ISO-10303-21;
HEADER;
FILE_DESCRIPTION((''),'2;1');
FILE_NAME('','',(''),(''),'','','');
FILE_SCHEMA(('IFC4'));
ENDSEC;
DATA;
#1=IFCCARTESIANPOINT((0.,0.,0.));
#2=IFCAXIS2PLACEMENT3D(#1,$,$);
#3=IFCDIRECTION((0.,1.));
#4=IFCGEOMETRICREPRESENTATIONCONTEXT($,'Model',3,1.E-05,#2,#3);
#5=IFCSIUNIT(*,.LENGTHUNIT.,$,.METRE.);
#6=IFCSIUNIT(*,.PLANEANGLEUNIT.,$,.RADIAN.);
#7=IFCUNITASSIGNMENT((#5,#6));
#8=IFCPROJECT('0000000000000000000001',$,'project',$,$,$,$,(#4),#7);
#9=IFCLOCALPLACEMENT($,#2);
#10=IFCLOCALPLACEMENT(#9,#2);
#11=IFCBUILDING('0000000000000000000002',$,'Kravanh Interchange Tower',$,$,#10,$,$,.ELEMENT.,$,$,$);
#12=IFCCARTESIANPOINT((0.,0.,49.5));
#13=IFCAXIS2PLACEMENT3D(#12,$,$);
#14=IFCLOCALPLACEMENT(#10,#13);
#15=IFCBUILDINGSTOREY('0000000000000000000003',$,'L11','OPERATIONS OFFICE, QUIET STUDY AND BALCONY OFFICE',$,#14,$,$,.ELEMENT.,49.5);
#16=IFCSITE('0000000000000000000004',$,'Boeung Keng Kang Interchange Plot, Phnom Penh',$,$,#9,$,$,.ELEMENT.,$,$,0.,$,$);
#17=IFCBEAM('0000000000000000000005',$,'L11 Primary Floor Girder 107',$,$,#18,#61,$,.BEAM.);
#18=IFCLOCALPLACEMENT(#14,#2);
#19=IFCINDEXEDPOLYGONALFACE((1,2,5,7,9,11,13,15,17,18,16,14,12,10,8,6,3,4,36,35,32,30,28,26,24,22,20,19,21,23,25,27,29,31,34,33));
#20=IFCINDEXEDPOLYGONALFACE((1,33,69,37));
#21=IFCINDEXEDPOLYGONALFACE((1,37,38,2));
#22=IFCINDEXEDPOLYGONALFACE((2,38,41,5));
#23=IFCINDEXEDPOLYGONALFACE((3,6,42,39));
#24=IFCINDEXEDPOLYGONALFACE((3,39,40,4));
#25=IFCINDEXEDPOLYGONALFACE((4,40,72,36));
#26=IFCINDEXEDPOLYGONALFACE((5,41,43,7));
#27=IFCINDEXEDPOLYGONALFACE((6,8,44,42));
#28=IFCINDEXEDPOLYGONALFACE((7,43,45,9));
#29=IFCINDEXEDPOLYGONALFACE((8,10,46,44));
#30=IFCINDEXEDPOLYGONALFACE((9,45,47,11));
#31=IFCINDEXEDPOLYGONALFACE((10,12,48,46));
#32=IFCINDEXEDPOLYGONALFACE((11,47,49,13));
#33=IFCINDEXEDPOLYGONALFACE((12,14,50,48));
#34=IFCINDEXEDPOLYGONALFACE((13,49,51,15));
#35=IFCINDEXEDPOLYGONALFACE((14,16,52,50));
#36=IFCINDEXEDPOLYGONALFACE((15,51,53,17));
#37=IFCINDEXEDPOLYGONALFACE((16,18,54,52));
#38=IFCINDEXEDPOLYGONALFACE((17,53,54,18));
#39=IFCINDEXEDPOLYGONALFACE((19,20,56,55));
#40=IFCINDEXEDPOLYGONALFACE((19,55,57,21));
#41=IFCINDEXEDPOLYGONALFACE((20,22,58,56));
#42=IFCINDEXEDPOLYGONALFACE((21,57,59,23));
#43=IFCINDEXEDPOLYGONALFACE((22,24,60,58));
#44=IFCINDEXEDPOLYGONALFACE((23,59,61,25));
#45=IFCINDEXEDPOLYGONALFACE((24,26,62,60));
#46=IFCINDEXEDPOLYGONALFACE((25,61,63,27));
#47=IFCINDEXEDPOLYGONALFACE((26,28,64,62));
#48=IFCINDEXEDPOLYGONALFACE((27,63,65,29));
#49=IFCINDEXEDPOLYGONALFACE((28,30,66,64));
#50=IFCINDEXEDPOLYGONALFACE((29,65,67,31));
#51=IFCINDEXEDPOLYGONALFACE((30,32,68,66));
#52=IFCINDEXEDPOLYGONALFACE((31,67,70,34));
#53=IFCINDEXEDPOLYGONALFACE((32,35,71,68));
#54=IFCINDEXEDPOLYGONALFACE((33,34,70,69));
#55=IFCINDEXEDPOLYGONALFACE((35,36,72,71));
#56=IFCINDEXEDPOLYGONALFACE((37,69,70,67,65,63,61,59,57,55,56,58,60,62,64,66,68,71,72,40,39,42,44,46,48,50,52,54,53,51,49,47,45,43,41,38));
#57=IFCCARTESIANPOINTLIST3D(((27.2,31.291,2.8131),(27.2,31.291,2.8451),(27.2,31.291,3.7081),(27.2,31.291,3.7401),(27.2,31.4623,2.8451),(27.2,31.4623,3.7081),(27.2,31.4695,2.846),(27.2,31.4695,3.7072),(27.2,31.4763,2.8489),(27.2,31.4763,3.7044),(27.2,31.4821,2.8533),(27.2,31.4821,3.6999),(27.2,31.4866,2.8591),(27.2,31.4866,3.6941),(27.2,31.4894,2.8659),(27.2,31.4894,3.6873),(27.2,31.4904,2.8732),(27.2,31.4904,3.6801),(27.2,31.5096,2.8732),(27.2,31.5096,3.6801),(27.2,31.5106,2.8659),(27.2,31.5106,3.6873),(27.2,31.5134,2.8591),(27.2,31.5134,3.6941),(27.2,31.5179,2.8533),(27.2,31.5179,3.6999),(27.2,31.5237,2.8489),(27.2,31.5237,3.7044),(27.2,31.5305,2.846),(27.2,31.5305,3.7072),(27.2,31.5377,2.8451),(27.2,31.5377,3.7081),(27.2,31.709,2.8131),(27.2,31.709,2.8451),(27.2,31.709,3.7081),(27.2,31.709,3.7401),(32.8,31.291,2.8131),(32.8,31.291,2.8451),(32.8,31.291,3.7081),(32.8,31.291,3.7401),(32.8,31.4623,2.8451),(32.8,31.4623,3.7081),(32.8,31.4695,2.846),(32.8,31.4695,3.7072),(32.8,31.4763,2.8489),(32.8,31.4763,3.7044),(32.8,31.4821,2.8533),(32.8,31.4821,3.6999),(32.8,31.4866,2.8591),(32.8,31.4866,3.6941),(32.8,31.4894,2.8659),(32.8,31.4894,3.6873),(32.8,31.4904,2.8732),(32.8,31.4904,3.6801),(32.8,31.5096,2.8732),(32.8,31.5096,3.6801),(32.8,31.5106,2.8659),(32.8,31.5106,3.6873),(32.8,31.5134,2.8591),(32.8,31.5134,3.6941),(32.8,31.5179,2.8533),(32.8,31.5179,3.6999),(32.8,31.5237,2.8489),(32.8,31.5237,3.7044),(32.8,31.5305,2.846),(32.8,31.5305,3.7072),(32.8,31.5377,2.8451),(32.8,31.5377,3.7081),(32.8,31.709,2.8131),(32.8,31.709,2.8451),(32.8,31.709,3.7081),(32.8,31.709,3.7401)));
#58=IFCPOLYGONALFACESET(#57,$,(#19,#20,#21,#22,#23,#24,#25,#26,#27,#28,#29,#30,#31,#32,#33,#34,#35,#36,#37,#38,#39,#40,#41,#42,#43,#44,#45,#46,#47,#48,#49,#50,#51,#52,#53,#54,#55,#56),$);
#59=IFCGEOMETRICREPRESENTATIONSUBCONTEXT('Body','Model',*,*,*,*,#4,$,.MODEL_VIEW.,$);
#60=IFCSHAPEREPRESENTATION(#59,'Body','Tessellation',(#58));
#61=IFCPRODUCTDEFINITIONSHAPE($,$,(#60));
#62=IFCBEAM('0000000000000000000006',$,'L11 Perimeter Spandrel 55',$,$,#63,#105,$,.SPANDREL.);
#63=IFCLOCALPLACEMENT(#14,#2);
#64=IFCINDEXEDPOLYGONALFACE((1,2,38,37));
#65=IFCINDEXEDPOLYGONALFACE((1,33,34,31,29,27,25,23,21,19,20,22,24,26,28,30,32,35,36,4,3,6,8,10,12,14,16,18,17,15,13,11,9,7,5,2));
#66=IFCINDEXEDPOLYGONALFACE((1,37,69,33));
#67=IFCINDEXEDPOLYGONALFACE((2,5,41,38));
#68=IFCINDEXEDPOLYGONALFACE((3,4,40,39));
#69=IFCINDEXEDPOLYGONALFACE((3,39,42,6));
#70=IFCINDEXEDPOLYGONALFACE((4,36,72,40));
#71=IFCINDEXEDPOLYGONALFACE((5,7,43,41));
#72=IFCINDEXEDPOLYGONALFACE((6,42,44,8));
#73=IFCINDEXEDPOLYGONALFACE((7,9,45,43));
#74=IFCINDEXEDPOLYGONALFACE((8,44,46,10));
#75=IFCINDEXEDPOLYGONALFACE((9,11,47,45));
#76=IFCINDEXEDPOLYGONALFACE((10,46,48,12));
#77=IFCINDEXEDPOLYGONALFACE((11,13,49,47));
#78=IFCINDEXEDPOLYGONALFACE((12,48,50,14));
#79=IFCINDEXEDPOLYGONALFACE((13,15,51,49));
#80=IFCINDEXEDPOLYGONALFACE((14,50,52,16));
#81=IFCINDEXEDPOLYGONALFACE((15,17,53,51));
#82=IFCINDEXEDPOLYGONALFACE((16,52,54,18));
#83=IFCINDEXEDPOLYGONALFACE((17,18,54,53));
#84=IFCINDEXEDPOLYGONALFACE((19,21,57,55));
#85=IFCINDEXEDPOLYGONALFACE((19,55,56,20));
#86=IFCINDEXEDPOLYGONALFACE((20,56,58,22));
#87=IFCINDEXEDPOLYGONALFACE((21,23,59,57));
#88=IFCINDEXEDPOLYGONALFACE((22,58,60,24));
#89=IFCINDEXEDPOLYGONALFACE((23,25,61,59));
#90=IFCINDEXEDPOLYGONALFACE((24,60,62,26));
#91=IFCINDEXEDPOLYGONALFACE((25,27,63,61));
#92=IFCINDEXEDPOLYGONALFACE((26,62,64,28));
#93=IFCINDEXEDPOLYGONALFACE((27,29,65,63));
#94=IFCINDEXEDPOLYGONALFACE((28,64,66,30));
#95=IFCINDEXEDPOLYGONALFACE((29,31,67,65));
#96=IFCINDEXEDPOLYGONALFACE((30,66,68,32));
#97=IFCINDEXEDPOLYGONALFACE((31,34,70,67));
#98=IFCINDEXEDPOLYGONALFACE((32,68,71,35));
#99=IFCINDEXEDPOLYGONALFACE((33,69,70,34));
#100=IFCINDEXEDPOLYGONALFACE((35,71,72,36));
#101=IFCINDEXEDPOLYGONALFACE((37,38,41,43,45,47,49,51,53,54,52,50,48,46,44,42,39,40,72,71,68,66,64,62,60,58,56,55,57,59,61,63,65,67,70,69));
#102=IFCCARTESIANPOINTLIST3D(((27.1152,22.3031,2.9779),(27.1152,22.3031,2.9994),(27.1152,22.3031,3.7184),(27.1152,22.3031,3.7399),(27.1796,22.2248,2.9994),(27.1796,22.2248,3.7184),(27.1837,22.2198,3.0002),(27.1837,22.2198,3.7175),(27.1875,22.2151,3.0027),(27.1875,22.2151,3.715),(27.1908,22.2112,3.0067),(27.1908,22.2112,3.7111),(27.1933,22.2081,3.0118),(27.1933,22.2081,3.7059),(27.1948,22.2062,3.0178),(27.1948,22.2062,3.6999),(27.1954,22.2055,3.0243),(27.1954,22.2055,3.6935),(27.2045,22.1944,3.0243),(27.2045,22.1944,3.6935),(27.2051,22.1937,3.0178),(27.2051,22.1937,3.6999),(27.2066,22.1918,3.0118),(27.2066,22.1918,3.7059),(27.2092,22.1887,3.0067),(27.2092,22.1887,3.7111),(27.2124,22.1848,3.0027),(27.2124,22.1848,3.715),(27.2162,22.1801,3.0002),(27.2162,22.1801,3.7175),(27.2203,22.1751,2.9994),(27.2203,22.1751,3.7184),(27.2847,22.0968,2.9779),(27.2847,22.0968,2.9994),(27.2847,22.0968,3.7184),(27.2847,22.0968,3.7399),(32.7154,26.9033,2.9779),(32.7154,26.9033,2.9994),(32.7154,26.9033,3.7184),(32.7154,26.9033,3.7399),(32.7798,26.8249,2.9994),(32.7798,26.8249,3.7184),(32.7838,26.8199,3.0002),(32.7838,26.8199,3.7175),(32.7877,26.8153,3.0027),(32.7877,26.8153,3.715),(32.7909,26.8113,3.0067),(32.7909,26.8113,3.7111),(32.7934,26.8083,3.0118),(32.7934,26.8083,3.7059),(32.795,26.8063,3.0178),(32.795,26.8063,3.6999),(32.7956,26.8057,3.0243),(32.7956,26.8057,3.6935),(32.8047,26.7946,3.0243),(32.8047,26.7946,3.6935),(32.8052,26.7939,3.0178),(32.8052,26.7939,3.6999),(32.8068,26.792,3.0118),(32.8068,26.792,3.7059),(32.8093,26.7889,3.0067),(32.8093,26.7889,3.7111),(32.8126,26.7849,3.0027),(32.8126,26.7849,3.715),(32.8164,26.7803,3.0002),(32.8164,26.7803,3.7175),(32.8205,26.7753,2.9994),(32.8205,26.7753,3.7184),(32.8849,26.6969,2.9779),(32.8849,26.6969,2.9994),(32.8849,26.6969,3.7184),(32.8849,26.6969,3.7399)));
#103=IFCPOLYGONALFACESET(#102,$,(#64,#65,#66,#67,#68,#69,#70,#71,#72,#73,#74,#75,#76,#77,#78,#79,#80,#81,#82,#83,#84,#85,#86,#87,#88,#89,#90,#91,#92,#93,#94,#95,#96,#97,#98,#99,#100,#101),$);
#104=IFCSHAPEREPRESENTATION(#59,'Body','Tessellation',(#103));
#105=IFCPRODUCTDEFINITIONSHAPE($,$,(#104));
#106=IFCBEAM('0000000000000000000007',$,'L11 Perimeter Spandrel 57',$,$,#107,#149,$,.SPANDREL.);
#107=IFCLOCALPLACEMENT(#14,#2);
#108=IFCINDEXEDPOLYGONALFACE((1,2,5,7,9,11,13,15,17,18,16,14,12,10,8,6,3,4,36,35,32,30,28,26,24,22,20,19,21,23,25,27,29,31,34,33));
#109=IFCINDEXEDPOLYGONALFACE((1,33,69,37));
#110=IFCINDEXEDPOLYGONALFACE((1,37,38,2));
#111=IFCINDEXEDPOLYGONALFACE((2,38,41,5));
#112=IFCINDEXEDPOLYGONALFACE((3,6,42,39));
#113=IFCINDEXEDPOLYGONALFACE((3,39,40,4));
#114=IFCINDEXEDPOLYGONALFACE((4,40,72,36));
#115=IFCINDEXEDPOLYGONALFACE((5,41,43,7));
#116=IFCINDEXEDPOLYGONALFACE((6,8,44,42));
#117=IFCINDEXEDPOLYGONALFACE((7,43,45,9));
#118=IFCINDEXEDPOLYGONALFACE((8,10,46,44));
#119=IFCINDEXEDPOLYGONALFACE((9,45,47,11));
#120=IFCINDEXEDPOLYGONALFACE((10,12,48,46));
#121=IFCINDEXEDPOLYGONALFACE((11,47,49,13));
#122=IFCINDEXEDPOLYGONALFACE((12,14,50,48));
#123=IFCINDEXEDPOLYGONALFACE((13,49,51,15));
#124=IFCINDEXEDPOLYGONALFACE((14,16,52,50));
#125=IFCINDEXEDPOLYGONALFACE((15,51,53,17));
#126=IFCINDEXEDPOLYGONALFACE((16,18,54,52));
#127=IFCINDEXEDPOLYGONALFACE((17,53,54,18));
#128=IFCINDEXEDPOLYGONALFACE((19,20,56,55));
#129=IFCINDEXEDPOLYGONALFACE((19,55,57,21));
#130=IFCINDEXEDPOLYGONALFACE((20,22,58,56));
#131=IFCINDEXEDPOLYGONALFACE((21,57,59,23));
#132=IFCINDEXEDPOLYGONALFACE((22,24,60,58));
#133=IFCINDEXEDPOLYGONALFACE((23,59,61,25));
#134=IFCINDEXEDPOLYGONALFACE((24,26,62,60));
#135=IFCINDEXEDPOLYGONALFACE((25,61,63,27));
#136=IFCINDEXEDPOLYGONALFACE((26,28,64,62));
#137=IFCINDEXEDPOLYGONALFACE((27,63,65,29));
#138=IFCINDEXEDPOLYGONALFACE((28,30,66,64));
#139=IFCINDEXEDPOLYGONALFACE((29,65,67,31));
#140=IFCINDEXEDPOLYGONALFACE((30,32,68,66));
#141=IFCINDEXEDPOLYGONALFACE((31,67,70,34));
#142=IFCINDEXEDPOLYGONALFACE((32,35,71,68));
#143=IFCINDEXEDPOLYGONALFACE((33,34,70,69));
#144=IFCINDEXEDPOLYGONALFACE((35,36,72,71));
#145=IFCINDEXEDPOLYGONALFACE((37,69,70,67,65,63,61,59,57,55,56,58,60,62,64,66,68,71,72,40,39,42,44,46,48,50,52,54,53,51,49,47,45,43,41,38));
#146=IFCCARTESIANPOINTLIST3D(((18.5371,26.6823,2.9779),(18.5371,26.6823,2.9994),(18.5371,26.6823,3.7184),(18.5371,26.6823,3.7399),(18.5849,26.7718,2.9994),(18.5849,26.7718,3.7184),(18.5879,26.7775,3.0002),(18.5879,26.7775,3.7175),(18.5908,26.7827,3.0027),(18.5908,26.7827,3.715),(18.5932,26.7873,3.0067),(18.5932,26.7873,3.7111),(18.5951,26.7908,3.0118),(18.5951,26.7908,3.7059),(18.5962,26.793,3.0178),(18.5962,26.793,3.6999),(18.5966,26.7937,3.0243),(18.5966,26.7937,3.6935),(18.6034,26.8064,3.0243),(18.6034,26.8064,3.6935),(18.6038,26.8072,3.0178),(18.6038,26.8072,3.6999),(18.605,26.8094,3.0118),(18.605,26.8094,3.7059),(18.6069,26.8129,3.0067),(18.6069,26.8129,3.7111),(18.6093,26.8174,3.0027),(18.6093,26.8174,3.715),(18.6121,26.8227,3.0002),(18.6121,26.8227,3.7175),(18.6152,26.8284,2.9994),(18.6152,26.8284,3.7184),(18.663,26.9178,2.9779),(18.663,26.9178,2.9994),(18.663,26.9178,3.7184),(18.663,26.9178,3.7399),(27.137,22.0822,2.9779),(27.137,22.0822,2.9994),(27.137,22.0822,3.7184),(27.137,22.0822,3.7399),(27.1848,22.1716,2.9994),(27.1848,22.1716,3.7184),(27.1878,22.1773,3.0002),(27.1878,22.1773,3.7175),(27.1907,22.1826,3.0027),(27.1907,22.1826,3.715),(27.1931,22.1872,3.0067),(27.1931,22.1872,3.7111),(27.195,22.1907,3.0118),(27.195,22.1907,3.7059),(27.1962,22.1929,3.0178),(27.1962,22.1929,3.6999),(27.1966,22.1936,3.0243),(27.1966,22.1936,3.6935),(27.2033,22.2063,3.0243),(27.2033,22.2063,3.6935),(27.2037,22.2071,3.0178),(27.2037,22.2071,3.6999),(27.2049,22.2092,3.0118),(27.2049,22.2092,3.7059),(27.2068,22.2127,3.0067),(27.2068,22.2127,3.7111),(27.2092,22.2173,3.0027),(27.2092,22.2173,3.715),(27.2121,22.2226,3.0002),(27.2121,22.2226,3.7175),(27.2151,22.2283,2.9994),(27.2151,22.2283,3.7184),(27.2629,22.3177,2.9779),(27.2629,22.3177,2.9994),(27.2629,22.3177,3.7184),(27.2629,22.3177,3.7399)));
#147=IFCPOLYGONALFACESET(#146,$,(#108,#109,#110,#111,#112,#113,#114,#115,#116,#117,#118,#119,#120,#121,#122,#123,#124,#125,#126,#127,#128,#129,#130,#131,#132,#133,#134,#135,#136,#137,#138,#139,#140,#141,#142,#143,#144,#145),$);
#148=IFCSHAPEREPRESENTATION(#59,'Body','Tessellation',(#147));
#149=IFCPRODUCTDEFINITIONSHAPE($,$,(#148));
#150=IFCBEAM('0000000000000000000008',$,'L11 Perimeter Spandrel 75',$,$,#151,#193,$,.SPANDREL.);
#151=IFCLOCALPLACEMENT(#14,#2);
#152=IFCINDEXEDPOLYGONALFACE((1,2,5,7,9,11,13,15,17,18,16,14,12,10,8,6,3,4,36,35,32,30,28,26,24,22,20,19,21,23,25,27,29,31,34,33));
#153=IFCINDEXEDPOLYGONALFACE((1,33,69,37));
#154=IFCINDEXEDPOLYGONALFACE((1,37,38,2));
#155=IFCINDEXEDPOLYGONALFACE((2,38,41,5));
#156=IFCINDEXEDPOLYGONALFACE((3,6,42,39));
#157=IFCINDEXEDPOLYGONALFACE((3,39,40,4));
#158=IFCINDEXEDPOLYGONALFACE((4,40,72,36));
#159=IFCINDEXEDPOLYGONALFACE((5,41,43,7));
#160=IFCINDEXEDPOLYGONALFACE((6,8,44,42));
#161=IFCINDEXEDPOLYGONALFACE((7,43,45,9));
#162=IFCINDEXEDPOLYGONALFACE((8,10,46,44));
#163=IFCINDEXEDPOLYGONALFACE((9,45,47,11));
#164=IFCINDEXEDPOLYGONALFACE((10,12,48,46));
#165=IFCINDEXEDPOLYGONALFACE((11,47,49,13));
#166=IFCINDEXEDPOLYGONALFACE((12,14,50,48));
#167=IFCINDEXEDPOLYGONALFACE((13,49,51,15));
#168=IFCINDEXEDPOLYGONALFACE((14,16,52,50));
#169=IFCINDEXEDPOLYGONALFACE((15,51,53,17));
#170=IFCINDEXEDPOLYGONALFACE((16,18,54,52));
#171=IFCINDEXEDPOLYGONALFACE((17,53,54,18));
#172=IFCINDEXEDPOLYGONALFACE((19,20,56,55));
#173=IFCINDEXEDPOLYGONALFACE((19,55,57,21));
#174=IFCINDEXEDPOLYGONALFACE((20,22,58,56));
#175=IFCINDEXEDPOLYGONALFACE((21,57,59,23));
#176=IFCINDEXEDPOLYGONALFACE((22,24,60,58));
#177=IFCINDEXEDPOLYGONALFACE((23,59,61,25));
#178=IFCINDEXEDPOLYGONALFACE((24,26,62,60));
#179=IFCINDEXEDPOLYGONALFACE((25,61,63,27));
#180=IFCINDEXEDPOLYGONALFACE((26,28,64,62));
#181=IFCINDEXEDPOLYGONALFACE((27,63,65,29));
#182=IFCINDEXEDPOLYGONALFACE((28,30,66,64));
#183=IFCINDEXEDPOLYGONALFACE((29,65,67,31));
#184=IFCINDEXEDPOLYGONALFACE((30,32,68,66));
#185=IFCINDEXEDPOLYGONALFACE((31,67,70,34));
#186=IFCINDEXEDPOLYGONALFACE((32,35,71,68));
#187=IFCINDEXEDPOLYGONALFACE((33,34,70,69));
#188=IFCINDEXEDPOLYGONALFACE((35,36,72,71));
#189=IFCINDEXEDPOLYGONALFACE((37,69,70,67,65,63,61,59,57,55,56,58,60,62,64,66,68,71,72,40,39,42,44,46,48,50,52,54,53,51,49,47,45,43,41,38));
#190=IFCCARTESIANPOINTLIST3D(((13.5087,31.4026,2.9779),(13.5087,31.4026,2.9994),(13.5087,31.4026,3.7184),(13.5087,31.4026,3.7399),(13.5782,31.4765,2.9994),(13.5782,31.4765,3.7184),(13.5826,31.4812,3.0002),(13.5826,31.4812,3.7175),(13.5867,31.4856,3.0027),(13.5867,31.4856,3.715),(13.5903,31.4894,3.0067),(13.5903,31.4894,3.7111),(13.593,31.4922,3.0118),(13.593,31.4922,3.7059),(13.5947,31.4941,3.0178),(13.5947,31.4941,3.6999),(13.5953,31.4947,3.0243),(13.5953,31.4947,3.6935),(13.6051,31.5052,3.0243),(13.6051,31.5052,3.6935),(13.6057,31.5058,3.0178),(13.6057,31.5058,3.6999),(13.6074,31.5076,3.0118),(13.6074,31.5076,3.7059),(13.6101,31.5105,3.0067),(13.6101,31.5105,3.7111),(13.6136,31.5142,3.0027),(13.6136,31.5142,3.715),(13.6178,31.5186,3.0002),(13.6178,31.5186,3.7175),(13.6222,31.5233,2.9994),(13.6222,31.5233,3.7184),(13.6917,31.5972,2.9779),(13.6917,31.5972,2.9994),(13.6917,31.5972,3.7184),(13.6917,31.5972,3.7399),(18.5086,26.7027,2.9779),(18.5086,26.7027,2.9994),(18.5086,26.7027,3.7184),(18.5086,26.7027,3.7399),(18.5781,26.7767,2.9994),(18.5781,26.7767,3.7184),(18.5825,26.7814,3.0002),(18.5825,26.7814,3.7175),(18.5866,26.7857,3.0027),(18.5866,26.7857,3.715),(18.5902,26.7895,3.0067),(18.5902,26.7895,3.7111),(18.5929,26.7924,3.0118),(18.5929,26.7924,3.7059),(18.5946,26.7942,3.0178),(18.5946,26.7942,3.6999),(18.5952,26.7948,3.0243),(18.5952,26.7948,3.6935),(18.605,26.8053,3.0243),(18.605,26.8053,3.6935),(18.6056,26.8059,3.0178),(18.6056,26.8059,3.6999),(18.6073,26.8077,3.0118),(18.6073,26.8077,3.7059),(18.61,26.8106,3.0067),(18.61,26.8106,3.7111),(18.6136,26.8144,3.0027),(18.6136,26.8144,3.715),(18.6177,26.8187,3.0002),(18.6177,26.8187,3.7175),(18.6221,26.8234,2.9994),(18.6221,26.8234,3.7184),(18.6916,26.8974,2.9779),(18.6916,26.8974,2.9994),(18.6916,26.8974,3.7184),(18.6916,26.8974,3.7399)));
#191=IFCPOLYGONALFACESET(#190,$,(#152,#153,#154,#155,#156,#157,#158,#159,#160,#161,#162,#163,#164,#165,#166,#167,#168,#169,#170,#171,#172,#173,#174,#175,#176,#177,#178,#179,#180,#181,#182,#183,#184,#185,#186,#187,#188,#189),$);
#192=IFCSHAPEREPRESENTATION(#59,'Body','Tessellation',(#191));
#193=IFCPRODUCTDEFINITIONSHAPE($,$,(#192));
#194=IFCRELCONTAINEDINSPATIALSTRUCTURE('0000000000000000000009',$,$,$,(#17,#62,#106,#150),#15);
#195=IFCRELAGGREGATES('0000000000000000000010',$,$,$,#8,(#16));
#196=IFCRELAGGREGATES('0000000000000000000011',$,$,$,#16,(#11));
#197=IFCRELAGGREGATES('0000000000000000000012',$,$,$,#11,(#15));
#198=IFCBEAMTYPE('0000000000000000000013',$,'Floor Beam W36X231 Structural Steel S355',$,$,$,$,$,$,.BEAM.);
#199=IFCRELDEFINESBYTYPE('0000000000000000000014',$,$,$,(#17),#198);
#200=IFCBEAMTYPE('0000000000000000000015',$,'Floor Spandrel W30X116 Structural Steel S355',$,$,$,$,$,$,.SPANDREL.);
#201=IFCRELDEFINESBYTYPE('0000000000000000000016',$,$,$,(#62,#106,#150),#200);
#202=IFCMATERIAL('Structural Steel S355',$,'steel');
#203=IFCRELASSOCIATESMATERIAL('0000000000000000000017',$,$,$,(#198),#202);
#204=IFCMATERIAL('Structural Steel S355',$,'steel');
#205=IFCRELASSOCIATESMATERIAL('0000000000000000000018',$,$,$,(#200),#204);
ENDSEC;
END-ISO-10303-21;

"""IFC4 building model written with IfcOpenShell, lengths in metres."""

from ifc_helpers import new_model, si_unit, direction, frame, origin, origin_2d, place, context, subcontext, project, spatial, i_section, extrude, material, material_profile, profile_set, type_object, element, save


model = new_model("IFC4")

# Units and contexts
model_context = context("Model", 3, precision=1e-05, world=origin(), true_north=direction((0.0, 1.0)))
body_context = subcontext(model_context, "Body", "Model", "MODEL_VIEW")
ifc_project = project(units=[si_unit("LENGTHUNIT", "METRE"), si_unit("PLANEANGLEUNIT", "RADIAN")], contexts=[model_context])

# Site, building, storey
site_placement = place(None, origin())
site = spatial("IfcSite", under=ifc_project, at=site_placement, Name="Boeung Keng Kang Interchange Plot, Phnom Penh", CompositionType="ELEMENT", RefElevation=0.0)
building_placement = place(site_placement, origin())
building = spatial("IfcBuilding", under=site, at=building_placement, Name="Kravanh Interchange Tower", CompositionType="ELEMENT")
storey_placement = place(building_placement, frame((0.0, 0.0, 49.5)))
storey = spatial("IfcBuildingStorey", under=building, at=storey_placement, Name="L11", Description="OPERATIONS OFFICE, QUIET STUDY AND BALCONY OFFICE", CompositionType="ELEMENT", Elevation=49.5)

# Beams
ifc_material_1 = material(Name="Structural Steel S355", Category="steel")
ifc_material_profile_1 = material_profile(ifc_material_1, i_section(OverallWidth=0.418, OverallDepth=0.927, WebThickness=0.0193, FlangeThickness=0.032, FilletRadius=0.0281, at=origin_2d()), Name="W36X231")
ifc_profile_set_1 = profile_set([ifc_material_profile_1], Name="Structural Steel S355")
beam_type_1 = type_object("IfcBeamType", Name="Floor Beam W36X231 Structural Steel S355", PredefinedType="BEAM", material=ifc_profile_set_1)
beam_1_placement = place(storey_placement, frame((27.2, 31.5, 3.2766), z_axis=(1.0, 0.0, 0.0), x_axis=(0.0, 1.0, 0.0)))
element("IfcBeam", 1, at=beam_1_placement, inside=storey, type_object=beam_type_1, Name="L11 Primary Floor Girder 107", PredefinedType="BEAM", context=body_context, shape_type="SweptSolid", body=[
    extrude(i_section(OverallWidth=0.418, OverallDepth=0.927, WebThickness=0.0193, FlangeThickness=0.032, FilletRadius=0.0281, at=origin_2d()), origin(), (0.0, 0.0, 1.0), 5.6001),
])
ifc_material_2 = material(Name="Structural Steel S355", Category="steel")
ifc_material_profile_2 = material_profile(ifc_material_2, i_section(OverallWidth=0.2671, OverallDepth=0.762, WebThickness=0.0144, FlangeThickness=0.0215, FilletRadius=0.0249, at=origin_2d()), Name="W30X116")
ifc_profile_set_2 = profile_set([ifc_material_profile_2], Name="Structural Steel S355")
beam_type_2 = type_object("IfcBeamType", Name="Floor Spandrel W30X116 Structural Steel S355", PredefinedType="SPANDREL", material=ifc_profile_set_2)
beam_2_placement = place(storey_placement, frame((27.2, 22.2, 3.3589), z_axis=(0.772725, 0.634741, 0.0), x_axis=(-0.634741, 0.772725, 0.0)))
element("IfcBeam", 2, at=beam_2_placement, inside=storey, type_object=beam_type_2, Name="L11 Perimeter Spandrel 55", PredefinedType="SPANDREL", context=body_context, shape_type="SweptSolid", body=[
    extrude(i_section(OverallWidth=0.2671, OverallDepth=0.762, WebThickness=0.0144, FlangeThickness=0.0215, FilletRadius=0.0249, at=origin_2d()), origin(), (0.0, 0.0, 1.0), 7.2473),
])
beam_3_placement = place(storey_placement, frame((27.2, 22.2, 3.3589), z_axis=(-0.881777, 0.471666, 0.0), x_axis=(-0.471666, -0.881777, 0.0)))
element("IfcBeam", 3, at=beam_3_placement, inside=storey, type_object=beam_type_2, Name="L11 Perimeter Spandrel 57", PredefinedType="SPANDREL", context=body_context, shape_type="SweptSolid", body=[
    extrude(i_section(OverallWidth=0.2671, OverallDepth=0.762, WebThickness=0.0144, FlangeThickness=0.0215, FilletRadius=0.0249, at=origin_2d()), origin(), (0.0, 0.0, 1.0), 9.7529),
])
beam_4_placement = place(storey_placement, frame((18.6001, 26.8, 3.3589), z_axis=(-0.728631, 0.684906, 0.0), x_axis=(-0.684906, -0.728631, 0.0)))
element("IfcBeam", 4, at=beam_4_placement, inside=storey, type_object=beam_type_2, Name="L11 Perimeter Spandrel 75", PredefinedType="SPANDREL", context=body_context, shape_type="SweptSolid", body=[
    extrude(i_section(OverallWidth=0.2671, OverallDepth=0.762, WebThickness=0.0144, FlangeThickness=0.0215, FilletRadius=0.0249, at=origin_2d()), origin(), (0.0, 0.0, 1.0), 6.8621),
])

save(model, "model.ifc")
